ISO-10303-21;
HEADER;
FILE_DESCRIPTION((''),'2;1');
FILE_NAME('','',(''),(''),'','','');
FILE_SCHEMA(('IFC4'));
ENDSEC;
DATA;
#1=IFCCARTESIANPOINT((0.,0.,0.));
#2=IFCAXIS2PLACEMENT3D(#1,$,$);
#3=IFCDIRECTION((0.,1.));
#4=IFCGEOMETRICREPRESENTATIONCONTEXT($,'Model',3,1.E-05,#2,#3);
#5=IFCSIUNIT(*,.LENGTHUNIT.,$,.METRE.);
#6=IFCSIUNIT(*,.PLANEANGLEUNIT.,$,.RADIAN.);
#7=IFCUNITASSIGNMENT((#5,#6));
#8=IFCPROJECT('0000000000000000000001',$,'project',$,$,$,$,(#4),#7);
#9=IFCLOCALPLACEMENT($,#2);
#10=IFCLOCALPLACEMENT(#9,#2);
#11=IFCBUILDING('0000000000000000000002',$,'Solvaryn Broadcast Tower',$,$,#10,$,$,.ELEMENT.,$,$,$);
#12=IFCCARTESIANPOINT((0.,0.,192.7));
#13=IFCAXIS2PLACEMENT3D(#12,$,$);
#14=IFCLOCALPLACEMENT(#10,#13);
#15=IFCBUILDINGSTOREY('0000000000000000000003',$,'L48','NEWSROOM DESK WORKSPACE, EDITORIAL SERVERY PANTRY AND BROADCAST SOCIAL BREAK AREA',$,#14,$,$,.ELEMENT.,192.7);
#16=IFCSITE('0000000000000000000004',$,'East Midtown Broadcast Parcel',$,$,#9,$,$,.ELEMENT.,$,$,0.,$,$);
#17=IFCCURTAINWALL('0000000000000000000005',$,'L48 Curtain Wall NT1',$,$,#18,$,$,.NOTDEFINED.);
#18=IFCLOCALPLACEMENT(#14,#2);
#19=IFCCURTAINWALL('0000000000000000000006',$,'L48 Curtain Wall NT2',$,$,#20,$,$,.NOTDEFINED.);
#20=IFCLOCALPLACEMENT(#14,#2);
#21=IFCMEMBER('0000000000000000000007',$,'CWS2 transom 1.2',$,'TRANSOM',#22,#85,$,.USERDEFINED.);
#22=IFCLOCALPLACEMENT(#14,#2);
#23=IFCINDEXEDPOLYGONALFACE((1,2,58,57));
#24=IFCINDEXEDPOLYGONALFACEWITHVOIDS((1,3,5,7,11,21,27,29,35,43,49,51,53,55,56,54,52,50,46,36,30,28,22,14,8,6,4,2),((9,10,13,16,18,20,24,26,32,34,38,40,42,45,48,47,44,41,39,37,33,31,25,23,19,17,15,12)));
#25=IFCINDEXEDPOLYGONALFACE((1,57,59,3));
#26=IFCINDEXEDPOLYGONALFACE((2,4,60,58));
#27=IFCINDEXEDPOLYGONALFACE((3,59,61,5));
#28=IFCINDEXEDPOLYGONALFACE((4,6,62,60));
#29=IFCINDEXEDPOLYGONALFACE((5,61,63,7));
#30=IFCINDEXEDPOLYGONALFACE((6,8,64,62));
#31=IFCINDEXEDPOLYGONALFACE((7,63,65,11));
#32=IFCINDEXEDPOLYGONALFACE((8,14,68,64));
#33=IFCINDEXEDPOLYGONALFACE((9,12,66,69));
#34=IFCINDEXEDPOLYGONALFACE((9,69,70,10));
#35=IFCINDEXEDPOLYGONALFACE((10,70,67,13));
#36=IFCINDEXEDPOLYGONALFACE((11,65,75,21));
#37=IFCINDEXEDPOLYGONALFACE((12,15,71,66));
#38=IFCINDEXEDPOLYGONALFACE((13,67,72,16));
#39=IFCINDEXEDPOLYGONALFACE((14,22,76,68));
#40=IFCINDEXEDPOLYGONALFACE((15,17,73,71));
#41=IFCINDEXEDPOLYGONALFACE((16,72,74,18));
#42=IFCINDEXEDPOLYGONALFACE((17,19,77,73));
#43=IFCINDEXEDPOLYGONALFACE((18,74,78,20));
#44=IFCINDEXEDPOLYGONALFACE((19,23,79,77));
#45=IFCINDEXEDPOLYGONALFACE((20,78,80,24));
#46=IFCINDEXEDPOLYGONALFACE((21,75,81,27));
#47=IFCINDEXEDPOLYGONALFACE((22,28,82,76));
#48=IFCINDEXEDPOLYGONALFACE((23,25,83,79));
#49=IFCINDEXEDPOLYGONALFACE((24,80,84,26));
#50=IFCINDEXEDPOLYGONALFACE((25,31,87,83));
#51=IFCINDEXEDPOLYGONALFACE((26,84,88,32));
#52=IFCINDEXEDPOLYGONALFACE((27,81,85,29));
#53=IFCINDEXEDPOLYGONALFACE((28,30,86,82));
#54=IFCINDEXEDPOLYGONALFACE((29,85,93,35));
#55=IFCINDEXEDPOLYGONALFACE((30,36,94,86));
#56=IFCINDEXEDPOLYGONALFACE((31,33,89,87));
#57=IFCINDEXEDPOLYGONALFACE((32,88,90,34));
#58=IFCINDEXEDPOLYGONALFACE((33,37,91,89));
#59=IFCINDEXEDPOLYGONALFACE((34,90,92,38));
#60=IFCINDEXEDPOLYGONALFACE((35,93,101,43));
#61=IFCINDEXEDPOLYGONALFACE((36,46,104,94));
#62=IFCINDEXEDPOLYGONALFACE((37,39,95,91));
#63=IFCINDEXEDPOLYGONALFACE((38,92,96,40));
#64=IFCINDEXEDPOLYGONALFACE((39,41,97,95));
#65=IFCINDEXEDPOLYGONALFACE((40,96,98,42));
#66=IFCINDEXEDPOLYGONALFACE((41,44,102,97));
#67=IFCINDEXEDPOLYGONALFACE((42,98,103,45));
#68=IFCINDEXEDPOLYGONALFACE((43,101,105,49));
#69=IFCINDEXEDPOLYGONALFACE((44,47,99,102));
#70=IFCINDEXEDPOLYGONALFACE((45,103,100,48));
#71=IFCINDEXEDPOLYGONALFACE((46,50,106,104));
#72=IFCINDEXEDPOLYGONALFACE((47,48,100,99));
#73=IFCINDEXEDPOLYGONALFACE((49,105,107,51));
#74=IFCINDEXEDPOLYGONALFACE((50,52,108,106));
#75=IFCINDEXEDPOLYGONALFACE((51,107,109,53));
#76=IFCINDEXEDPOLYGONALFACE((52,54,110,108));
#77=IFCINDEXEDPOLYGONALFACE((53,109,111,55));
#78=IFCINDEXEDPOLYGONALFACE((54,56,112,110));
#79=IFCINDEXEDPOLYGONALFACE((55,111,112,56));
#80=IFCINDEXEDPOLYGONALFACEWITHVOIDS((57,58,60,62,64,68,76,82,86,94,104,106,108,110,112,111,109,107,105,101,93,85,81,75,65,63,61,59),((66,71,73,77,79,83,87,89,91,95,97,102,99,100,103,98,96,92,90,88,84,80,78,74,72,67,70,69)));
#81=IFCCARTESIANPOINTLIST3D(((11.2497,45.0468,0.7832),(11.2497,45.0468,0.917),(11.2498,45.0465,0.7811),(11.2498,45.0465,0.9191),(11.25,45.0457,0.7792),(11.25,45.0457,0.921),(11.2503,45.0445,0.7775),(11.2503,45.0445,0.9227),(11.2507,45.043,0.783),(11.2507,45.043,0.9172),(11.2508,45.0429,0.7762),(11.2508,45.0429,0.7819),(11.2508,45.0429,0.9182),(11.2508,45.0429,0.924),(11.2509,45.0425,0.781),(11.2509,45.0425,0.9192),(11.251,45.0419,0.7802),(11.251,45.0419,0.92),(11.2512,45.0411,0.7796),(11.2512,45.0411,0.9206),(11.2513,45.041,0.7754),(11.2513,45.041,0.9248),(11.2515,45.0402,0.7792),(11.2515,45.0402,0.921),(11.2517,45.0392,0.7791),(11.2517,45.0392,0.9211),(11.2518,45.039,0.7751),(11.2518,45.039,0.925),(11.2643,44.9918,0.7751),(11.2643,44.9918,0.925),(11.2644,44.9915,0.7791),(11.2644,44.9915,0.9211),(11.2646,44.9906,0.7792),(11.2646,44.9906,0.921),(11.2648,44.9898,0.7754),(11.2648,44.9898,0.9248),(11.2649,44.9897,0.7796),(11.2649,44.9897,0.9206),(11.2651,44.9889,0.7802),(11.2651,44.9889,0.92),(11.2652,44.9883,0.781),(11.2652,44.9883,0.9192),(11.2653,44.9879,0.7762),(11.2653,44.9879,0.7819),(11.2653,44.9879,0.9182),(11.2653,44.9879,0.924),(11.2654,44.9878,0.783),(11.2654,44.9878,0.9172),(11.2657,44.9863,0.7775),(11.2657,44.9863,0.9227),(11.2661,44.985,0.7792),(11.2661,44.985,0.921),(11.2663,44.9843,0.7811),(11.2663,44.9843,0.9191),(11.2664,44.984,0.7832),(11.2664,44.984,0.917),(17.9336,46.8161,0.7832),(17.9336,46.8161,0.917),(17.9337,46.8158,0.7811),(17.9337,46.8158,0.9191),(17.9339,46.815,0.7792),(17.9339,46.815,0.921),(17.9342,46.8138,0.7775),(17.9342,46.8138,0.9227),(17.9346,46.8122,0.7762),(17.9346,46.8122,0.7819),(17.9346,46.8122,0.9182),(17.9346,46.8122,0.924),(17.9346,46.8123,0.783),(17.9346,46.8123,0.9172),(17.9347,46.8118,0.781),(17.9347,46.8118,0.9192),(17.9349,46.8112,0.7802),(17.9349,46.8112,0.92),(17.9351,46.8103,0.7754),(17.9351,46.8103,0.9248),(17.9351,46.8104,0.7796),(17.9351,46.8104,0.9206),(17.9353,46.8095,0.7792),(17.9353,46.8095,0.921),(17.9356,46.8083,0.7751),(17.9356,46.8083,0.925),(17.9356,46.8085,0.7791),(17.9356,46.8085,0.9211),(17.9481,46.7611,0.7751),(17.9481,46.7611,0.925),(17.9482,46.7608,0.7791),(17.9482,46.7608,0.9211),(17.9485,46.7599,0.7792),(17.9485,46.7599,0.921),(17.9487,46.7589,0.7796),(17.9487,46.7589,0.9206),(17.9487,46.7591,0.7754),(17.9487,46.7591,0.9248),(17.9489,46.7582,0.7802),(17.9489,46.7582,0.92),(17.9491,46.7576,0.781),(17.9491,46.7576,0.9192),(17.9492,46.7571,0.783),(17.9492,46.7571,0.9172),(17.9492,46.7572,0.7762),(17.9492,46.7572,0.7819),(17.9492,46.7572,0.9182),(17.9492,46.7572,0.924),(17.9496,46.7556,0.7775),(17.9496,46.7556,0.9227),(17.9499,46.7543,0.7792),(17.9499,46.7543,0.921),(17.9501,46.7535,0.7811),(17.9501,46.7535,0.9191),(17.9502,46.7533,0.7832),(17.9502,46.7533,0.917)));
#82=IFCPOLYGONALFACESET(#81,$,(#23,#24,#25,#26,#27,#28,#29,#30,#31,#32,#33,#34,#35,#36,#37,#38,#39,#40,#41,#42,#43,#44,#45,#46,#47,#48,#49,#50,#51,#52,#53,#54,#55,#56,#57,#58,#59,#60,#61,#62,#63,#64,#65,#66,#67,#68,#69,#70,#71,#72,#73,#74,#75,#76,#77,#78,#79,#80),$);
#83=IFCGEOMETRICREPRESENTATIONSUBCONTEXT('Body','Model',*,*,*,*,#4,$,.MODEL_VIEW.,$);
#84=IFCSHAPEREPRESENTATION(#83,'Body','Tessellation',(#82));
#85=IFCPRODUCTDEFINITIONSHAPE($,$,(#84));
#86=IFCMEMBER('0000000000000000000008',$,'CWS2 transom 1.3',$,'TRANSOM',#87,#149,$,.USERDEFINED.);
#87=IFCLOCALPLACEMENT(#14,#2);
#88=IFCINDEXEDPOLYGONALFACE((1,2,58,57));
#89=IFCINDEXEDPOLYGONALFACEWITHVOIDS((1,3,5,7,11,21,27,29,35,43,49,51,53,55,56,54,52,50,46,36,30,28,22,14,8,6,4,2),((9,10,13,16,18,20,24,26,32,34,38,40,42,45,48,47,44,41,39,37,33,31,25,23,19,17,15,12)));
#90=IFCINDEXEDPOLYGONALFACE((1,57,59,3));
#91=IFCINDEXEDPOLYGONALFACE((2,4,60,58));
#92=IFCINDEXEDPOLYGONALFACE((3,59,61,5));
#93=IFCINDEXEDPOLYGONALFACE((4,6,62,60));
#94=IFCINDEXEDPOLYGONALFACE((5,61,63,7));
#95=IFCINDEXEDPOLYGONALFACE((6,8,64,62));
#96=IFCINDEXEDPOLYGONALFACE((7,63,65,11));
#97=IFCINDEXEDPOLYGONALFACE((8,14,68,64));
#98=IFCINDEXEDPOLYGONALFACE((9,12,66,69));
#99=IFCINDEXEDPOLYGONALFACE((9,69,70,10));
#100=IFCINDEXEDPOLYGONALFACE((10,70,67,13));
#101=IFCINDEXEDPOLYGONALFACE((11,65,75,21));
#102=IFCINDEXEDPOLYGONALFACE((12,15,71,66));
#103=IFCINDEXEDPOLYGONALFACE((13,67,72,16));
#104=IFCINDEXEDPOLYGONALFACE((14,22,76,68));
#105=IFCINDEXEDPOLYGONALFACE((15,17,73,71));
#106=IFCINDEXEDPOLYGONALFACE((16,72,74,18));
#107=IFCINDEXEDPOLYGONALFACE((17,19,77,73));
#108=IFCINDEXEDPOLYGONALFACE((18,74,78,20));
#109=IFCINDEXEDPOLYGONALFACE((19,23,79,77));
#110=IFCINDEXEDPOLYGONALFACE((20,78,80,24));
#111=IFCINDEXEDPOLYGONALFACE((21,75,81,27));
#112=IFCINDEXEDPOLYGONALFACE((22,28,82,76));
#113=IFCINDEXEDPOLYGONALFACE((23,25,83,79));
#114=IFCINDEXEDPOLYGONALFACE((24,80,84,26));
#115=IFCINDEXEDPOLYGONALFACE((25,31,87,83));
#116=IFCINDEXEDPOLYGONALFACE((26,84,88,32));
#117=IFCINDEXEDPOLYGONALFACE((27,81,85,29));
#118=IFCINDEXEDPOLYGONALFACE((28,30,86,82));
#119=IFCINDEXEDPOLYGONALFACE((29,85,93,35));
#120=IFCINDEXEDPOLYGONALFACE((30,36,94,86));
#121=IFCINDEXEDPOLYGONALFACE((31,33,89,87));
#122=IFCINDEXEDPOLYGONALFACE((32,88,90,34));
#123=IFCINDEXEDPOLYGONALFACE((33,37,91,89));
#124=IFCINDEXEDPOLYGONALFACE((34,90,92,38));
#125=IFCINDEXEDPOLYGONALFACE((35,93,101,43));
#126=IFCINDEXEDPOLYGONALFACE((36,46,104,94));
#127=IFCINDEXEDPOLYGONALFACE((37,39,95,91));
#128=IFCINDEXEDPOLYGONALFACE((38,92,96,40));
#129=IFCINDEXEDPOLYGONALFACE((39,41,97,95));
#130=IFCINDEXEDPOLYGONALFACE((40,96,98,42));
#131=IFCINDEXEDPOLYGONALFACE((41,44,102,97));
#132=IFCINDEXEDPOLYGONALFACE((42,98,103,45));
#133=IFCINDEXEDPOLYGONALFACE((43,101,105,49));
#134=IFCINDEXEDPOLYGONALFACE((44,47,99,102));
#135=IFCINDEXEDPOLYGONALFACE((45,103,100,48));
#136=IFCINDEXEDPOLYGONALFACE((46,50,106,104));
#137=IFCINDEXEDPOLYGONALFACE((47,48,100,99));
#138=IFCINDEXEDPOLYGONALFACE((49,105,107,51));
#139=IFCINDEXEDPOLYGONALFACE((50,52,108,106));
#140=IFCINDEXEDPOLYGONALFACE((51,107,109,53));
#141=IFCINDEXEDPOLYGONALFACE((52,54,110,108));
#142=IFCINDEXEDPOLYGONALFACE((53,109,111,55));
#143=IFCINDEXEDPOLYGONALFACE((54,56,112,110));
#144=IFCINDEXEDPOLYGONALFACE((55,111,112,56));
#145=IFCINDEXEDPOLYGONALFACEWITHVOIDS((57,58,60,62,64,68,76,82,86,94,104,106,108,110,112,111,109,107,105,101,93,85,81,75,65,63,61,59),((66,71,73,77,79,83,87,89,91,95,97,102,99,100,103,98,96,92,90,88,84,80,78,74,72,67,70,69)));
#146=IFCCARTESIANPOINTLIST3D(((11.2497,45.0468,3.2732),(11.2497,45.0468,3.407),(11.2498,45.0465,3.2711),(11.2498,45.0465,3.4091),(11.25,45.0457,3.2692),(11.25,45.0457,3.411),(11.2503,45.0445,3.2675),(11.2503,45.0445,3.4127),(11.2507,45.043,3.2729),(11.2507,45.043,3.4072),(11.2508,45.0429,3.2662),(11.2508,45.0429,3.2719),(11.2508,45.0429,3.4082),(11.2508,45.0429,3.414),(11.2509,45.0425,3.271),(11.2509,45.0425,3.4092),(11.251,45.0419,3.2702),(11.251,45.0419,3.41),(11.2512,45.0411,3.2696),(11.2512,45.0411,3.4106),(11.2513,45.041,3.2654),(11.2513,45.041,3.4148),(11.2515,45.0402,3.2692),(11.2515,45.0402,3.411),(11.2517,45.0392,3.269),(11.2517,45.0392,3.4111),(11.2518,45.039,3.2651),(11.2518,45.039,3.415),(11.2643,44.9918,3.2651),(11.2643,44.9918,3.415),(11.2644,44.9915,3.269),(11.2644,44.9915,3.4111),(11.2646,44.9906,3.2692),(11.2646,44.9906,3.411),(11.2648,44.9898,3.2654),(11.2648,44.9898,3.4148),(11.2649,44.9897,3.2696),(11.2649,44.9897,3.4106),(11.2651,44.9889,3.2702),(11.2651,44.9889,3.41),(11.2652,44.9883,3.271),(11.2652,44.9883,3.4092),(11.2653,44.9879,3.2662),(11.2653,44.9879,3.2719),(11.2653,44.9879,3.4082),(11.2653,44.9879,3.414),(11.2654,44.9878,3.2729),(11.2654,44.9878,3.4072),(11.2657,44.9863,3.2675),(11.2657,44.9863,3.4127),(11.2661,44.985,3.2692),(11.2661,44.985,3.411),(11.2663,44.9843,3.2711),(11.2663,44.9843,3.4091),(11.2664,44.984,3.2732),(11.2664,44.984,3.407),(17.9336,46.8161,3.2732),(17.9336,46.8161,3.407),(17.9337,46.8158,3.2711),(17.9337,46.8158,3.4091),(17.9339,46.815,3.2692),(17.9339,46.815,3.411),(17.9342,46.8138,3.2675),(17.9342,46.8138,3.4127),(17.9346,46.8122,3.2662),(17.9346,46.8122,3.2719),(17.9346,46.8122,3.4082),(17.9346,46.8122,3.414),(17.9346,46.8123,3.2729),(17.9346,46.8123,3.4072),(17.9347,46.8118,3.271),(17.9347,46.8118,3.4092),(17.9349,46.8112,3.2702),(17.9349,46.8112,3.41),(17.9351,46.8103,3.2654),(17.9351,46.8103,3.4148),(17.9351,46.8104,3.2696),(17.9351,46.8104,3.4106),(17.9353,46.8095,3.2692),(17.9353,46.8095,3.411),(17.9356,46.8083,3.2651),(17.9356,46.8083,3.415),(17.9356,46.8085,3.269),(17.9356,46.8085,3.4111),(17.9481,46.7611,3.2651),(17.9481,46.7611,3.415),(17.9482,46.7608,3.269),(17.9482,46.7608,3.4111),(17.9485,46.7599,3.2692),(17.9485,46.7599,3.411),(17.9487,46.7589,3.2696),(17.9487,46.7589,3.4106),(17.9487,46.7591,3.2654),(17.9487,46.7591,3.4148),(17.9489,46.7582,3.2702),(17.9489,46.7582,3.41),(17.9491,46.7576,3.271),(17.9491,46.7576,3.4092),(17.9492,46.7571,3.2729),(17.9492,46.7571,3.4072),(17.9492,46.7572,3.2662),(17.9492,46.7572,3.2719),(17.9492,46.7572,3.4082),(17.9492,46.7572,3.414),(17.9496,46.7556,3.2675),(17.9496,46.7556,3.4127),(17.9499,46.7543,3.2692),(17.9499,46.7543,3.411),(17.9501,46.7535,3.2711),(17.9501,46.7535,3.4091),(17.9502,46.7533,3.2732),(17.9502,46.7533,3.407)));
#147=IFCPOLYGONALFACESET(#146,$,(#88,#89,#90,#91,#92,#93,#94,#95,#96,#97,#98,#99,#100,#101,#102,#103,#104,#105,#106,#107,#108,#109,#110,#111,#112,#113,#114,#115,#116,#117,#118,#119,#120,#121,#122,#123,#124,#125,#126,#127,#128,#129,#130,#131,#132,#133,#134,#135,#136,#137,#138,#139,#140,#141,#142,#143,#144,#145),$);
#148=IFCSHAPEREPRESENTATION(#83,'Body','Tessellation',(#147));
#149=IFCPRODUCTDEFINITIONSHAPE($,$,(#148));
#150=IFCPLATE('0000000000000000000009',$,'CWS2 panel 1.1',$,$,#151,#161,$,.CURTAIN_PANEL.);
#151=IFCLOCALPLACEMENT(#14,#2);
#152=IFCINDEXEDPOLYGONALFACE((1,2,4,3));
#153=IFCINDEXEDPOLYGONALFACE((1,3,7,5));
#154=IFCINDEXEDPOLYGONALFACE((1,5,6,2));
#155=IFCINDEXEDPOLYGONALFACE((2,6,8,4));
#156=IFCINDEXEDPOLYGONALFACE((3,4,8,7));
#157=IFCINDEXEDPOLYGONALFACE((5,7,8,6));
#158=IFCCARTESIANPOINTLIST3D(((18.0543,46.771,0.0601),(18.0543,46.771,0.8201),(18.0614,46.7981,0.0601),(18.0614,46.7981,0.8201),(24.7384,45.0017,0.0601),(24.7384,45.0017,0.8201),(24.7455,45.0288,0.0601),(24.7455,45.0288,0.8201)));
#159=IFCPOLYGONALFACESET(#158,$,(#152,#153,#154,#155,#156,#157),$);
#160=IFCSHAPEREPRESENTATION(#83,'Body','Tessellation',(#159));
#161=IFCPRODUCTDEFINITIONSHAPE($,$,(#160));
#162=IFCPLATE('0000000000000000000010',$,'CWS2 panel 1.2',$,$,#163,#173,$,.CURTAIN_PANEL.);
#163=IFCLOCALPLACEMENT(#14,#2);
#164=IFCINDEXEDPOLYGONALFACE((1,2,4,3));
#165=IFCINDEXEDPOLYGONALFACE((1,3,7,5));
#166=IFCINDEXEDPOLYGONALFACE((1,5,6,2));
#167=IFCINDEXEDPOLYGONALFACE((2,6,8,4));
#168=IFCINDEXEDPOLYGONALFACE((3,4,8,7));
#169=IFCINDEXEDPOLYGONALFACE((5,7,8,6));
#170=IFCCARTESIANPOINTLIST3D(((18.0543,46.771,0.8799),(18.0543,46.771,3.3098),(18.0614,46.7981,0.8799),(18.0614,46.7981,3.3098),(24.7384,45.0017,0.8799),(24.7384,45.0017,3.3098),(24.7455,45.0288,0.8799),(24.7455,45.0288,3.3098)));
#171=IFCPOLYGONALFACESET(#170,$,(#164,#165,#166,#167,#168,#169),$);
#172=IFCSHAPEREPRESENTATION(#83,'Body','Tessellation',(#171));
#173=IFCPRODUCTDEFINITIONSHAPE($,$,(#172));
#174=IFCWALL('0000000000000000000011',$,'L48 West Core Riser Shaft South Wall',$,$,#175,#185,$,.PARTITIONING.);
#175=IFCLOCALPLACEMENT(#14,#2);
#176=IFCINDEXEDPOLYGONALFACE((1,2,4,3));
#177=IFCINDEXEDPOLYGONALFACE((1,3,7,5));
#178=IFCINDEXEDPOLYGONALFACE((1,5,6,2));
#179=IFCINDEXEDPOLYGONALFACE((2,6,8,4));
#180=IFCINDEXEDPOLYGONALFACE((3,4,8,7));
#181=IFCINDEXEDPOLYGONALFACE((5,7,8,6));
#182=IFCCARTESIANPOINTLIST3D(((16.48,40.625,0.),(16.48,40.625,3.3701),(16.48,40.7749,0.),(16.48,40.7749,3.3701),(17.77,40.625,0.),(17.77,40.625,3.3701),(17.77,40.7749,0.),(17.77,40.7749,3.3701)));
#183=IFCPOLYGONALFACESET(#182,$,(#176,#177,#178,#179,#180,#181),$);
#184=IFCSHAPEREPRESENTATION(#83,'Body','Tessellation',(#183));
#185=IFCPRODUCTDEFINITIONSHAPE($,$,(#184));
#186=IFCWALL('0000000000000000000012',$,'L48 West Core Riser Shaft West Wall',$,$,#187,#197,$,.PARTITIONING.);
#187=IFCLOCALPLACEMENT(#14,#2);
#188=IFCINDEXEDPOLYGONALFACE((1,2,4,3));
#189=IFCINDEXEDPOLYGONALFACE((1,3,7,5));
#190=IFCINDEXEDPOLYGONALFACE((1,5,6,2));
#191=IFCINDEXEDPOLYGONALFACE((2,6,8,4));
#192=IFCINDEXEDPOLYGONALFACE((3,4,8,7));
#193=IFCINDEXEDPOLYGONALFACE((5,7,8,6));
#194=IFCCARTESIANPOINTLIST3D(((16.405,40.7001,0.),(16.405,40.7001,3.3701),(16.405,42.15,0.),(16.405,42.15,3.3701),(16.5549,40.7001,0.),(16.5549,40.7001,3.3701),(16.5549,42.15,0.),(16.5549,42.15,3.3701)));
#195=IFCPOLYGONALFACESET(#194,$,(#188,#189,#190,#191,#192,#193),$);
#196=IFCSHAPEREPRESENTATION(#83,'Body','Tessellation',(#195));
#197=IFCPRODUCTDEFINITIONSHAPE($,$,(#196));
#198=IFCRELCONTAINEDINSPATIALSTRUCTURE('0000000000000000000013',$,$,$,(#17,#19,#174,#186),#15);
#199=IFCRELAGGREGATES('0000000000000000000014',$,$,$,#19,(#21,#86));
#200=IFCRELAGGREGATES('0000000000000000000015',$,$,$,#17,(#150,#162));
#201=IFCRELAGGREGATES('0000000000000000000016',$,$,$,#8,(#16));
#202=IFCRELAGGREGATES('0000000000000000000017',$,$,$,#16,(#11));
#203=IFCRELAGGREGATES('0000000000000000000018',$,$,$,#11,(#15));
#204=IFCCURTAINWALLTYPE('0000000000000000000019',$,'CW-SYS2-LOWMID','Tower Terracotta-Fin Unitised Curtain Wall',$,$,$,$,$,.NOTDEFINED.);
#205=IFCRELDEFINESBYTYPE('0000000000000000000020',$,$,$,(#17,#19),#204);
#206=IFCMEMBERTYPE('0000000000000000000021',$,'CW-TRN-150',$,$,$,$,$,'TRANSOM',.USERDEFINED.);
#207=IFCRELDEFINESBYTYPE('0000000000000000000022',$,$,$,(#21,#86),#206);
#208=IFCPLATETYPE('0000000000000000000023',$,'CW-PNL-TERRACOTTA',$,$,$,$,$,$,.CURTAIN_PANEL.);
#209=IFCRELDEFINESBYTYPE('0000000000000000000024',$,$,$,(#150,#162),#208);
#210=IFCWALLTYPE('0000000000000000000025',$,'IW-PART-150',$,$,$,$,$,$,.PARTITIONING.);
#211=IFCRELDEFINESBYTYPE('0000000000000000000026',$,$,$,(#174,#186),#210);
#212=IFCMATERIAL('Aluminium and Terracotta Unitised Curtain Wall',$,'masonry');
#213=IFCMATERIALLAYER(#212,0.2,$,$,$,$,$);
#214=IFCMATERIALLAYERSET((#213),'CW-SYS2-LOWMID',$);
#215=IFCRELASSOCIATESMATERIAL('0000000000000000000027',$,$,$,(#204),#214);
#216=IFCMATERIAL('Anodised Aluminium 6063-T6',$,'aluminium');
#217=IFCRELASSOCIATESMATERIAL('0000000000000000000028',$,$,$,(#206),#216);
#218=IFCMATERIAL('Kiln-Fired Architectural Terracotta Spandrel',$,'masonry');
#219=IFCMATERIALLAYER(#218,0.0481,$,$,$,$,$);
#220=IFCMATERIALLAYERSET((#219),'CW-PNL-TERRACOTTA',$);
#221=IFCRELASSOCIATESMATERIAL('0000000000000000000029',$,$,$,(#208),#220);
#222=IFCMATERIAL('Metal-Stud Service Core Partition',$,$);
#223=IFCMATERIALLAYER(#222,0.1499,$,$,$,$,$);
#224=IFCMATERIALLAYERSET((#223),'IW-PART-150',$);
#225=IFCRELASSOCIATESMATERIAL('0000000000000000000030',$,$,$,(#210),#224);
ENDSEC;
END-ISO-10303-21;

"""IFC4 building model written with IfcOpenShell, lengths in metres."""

from ifc_helpers import new_model, si_unit, direction, frame, frame_2d, origin, origin_2d, place, context, subcontext, project, spatial, rectangle, hollow_rectangle, extrude, material, layer, layer_set, material_profile, profile_set, type_object, element, aggregate, save


model = new_model("IFC4")

# Units and contexts
model_context = context("Model", 3, precision=1e-05, world=origin(), true_north=direction((0.0, 1.0)))
body_context = subcontext(model_context, "Body", "Model", "MODEL_VIEW")
ifc_project = project(units=[si_unit("LENGTHUNIT", "METRE"), si_unit("PLANEANGLEUNIT", "RADIAN")], contexts=[model_context])

# Site, building, storey
site_placement = place(None, origin())
site = spatial("IfcSite", under=ifc_project, at=site_placement, Name="East Midtown Broadcast Parcel", CompositionType="ELEMENT", RefElevation=0.0)
building_placement = place(site_placement, origin())
building = spatial("IfcBuilding", under=site, at=building_placement, Name="Solvaryn Broadcast Tower", CompositionType="ELEMENT")
storey_placement = place(building_placement, frame((0.0, 0.0, 192.7)))
storey = spatial("IfcBuildingStorey", under=building, at=storey_placement, Name="L48", Description="NEWSROOM DESK WORKSPACE, EDITORIAL SERVERY PANTRY AND BROADCAST SOCIAL BREAK AREA", CompositionType="ELEMENT", Elevation=192.7)

# Curtain wall
ifc_material_1 = material(Name="Aluminium and Terracotta Unitised Curtain Wall", Category="masonry")
ifc_layer_1 = layer(ifc_material_1, 0.2)
ifc_layer_set_1 = layer_set([ifc_layer_1], Name="CW-SYS2-LOWMID")
curtain_wall_type = type_object("IfcCurtainWallType", Name="CW-SYS2-LOWMID", Description="Tower Terracotta-Fin Unitised Curtain Wall", PredefinedType="NOTDEFINED", material=ifc_layer_set_1)
curtain_wall_1_placement = place(storey_placement, origin())
curtain_wall_1 = element("IfcCurtainWall", 1, at=curtain_wall_1_placement, inside=storey, type_object=curtain_wall_type, Name="L48 Curtain Wall NT1", PredefinedType="NOTDEFINED")

# Curtain wall, members
curtain_wall_2_placement = place(storey_placement, origin())
curtain_wall_2 = element("IfcCurtainWall", 2, at=curtain_wall_2_placement, inside=storey, type_object=curtain_wall_type, Name="L48 Curtain Wall NT2", PredefinedType="NOTDEFINED")
ifc_material_2 = material(Name="Anodised Aluminium 6063-T6", Category="aluminium")
ifc_material_profile_1 = material_profile(ifc_material_2, hollow_rectangle(XDim=0.0649, YDim=0.1499, WallThickness=0.0039, InnerFilletRadius=0.0039, OuterFilletRadius=0.0081, at=origin_2d()))
ifc_profile_set_1 = profile_set([ifc_material_profile_1], Name="Anodised Aluminium 6063-T6")
member_type_1 = type_object("IfcMemberType", Name="CW-TRN-150", ElementType="TRANSOM", PredefinedType="USERDEFINED", material=ifc_profile_set_1)
member_1_placement = place(storey_placement, frame((17.9419, 46.7847, 0.8501), z_axis=(-0.966704, -0.255897, 0.0), x_axis=(0.255897, -0.966704, 0.0)))
member_1 = element("IfcMember", 3, at=member_1_placement, type_object=member_type_1, Name="CWS2 transom 1.2", ObjectType="TRANSOM", PredefinedType="USERDEFINED", context=body_context, shape_type="SweptSolid", body=[
    extrude(hollow_rectangle(XDim=0.0649, YDim=0.1499, WallThickness=0.0039, InnerFilletRadius=0.0039, OuterFilletRadius=0.0081, at=origin_2d()), origin(), (0.0, 0.0, 1.0), 6.9141),
])
member_2_placement = place(storey_placement, frame((17.9419, 46.7847, 3.3401), z_axis=(-0.966704, -0.255897, 0.0), x_axis=(0.255897, -0.966704, 0.0)))
member_2 = element("IfcMember", 4, at=member_2_placement, type_object=member_type_1, Name="CWS2 transom 1.3", ObjectType="TRANSOM", PredefinedType="USERDEFINED", context=body_context, shape_type="SweptSolid", body=[
    extrude(hollow_rectangle(XDim=0.0649, YDim=0.1499, WallThickness=0.0039, InnerFilletRadius=0.0039, OuterFilletRadius=0.0081, at=origin_2d()), origin(), (0.0, 0.0, 1.0), 6.9141),
])
aggregate(curtain_wall_2, [member_1, member_2])

# Plates
ifc_material_3 = material(Name="Kiln-Fired Architectural Terracotta Spandrel", Category="masonry")
ifc_layer_2 = layer(ifc_material_3, 0.0481)
ifc_layer_set_2 = layer_set([ifc_layer_2], Name="CW-PNL-TERRACOTTA")
plate_type = type_object("IfcPlateType", Name="CW-PNL-TERRACOTTA", PredefinedType="CURTAIN_PANEL", material=ifc_layer_set_2)
plate_1_placement = place(storey_placement, frame((21.3999, 45.8999, 0.0601), z_axis=(0.0, 0.0, 1.0), x_axis=(-0.966705, 0.255893, 0.0)))
plate_1 = element("IfcPlate", 5, at=plate_1_placement, type_object=plate_type, Name="CWS2 panel 1.1", PredefinedType="CURTAIN_PANEL", context=body_context, shape_type="SweptSolid", body=[
    extrude(rectangle(XDim=6.9143, YDim=0.0281, at=origin_2d()), origin(), (0.0, 0.0, 1.0), 0.76),
])
plate_2_placement = place(storey_placement, frame((21.3999, 45.8999, 0.8799), z_axis=(0.0, 0.0, 1.0), x_axis=(-0.966705, 0.255893, 0.0)))
plate_2 = element("IfcPlate", 6, at=plate_2_placement, type_object=plate_type, Name="CWS2 panel 1.2", PredefinedType="CURTAIN_PANEL", context=body_context, shape_type="SweptSolid", body=[
    extrude(rectangle(XDim=6.9143, YDim=0.0281, at=origin_2d()), origin(), (0.0, 0.0, 1.0), 2.4299),
])
aggregate(curtain_wall_1, [plate_1, plate_2])

# Walls
ifc_material_4 = material(Name="Metal-Stud Service Core Partition")
ifc_layer_3 = layer(ifc_material_4, 0.1499)
ifc_layer_set_3 = layer_set([ifc_layer_3], Name="IW-PART-150")
wall_type_1 = type_object("IfcWallType", Name="IW-PART-150", PredefinedType="PARTITIONING", material=ifc_layer_set_3)
wall_1_placement = place(storey_placement, frame((16.48, 40.7, 0.0), z_axis=(0.0, 0.0, 1.0), x_axis=(1.0, 0.0, 0.0)))
element("IfcWall", 7, at=wall_1_placement, inside=storey, type_object=wall_type_1, Name="L48 West Core Riser Shaft South Wall", PredefinedType="PARTITIONING", context=body_context, shape_type="SweptSolid", body=[
    extrude(rectangle(XDim=1.29, YDim=0.1499, at=frame_2d((0.645, 0.0))), origin(), (0.0, 0.0, 1.0), 3.3701),
])
wall_2_placement = place(storey_placement, frame((16.48, 40.7, 0.0), z_axis=(0.0, 0.0, 1.0), x_axis=(0.0, 1.0, 0.0)))
element("IfcWall", 8, at=wall_2_placement, inside=storey, type_object=wall_type_1, Name="L48 West Core Riser Shaft West Wall", PredefinedType="PARTITIONING", context=body_context, shape_type="SweptSolid", body=[
    extrude(rectangle(XDim=1.45, YDim=0.1499, at=frame_2d((0.7251, 0.0))), origin(), (0.0, 0.0, 1.0), 3.3701),
])

save(model, "model.ifc")
